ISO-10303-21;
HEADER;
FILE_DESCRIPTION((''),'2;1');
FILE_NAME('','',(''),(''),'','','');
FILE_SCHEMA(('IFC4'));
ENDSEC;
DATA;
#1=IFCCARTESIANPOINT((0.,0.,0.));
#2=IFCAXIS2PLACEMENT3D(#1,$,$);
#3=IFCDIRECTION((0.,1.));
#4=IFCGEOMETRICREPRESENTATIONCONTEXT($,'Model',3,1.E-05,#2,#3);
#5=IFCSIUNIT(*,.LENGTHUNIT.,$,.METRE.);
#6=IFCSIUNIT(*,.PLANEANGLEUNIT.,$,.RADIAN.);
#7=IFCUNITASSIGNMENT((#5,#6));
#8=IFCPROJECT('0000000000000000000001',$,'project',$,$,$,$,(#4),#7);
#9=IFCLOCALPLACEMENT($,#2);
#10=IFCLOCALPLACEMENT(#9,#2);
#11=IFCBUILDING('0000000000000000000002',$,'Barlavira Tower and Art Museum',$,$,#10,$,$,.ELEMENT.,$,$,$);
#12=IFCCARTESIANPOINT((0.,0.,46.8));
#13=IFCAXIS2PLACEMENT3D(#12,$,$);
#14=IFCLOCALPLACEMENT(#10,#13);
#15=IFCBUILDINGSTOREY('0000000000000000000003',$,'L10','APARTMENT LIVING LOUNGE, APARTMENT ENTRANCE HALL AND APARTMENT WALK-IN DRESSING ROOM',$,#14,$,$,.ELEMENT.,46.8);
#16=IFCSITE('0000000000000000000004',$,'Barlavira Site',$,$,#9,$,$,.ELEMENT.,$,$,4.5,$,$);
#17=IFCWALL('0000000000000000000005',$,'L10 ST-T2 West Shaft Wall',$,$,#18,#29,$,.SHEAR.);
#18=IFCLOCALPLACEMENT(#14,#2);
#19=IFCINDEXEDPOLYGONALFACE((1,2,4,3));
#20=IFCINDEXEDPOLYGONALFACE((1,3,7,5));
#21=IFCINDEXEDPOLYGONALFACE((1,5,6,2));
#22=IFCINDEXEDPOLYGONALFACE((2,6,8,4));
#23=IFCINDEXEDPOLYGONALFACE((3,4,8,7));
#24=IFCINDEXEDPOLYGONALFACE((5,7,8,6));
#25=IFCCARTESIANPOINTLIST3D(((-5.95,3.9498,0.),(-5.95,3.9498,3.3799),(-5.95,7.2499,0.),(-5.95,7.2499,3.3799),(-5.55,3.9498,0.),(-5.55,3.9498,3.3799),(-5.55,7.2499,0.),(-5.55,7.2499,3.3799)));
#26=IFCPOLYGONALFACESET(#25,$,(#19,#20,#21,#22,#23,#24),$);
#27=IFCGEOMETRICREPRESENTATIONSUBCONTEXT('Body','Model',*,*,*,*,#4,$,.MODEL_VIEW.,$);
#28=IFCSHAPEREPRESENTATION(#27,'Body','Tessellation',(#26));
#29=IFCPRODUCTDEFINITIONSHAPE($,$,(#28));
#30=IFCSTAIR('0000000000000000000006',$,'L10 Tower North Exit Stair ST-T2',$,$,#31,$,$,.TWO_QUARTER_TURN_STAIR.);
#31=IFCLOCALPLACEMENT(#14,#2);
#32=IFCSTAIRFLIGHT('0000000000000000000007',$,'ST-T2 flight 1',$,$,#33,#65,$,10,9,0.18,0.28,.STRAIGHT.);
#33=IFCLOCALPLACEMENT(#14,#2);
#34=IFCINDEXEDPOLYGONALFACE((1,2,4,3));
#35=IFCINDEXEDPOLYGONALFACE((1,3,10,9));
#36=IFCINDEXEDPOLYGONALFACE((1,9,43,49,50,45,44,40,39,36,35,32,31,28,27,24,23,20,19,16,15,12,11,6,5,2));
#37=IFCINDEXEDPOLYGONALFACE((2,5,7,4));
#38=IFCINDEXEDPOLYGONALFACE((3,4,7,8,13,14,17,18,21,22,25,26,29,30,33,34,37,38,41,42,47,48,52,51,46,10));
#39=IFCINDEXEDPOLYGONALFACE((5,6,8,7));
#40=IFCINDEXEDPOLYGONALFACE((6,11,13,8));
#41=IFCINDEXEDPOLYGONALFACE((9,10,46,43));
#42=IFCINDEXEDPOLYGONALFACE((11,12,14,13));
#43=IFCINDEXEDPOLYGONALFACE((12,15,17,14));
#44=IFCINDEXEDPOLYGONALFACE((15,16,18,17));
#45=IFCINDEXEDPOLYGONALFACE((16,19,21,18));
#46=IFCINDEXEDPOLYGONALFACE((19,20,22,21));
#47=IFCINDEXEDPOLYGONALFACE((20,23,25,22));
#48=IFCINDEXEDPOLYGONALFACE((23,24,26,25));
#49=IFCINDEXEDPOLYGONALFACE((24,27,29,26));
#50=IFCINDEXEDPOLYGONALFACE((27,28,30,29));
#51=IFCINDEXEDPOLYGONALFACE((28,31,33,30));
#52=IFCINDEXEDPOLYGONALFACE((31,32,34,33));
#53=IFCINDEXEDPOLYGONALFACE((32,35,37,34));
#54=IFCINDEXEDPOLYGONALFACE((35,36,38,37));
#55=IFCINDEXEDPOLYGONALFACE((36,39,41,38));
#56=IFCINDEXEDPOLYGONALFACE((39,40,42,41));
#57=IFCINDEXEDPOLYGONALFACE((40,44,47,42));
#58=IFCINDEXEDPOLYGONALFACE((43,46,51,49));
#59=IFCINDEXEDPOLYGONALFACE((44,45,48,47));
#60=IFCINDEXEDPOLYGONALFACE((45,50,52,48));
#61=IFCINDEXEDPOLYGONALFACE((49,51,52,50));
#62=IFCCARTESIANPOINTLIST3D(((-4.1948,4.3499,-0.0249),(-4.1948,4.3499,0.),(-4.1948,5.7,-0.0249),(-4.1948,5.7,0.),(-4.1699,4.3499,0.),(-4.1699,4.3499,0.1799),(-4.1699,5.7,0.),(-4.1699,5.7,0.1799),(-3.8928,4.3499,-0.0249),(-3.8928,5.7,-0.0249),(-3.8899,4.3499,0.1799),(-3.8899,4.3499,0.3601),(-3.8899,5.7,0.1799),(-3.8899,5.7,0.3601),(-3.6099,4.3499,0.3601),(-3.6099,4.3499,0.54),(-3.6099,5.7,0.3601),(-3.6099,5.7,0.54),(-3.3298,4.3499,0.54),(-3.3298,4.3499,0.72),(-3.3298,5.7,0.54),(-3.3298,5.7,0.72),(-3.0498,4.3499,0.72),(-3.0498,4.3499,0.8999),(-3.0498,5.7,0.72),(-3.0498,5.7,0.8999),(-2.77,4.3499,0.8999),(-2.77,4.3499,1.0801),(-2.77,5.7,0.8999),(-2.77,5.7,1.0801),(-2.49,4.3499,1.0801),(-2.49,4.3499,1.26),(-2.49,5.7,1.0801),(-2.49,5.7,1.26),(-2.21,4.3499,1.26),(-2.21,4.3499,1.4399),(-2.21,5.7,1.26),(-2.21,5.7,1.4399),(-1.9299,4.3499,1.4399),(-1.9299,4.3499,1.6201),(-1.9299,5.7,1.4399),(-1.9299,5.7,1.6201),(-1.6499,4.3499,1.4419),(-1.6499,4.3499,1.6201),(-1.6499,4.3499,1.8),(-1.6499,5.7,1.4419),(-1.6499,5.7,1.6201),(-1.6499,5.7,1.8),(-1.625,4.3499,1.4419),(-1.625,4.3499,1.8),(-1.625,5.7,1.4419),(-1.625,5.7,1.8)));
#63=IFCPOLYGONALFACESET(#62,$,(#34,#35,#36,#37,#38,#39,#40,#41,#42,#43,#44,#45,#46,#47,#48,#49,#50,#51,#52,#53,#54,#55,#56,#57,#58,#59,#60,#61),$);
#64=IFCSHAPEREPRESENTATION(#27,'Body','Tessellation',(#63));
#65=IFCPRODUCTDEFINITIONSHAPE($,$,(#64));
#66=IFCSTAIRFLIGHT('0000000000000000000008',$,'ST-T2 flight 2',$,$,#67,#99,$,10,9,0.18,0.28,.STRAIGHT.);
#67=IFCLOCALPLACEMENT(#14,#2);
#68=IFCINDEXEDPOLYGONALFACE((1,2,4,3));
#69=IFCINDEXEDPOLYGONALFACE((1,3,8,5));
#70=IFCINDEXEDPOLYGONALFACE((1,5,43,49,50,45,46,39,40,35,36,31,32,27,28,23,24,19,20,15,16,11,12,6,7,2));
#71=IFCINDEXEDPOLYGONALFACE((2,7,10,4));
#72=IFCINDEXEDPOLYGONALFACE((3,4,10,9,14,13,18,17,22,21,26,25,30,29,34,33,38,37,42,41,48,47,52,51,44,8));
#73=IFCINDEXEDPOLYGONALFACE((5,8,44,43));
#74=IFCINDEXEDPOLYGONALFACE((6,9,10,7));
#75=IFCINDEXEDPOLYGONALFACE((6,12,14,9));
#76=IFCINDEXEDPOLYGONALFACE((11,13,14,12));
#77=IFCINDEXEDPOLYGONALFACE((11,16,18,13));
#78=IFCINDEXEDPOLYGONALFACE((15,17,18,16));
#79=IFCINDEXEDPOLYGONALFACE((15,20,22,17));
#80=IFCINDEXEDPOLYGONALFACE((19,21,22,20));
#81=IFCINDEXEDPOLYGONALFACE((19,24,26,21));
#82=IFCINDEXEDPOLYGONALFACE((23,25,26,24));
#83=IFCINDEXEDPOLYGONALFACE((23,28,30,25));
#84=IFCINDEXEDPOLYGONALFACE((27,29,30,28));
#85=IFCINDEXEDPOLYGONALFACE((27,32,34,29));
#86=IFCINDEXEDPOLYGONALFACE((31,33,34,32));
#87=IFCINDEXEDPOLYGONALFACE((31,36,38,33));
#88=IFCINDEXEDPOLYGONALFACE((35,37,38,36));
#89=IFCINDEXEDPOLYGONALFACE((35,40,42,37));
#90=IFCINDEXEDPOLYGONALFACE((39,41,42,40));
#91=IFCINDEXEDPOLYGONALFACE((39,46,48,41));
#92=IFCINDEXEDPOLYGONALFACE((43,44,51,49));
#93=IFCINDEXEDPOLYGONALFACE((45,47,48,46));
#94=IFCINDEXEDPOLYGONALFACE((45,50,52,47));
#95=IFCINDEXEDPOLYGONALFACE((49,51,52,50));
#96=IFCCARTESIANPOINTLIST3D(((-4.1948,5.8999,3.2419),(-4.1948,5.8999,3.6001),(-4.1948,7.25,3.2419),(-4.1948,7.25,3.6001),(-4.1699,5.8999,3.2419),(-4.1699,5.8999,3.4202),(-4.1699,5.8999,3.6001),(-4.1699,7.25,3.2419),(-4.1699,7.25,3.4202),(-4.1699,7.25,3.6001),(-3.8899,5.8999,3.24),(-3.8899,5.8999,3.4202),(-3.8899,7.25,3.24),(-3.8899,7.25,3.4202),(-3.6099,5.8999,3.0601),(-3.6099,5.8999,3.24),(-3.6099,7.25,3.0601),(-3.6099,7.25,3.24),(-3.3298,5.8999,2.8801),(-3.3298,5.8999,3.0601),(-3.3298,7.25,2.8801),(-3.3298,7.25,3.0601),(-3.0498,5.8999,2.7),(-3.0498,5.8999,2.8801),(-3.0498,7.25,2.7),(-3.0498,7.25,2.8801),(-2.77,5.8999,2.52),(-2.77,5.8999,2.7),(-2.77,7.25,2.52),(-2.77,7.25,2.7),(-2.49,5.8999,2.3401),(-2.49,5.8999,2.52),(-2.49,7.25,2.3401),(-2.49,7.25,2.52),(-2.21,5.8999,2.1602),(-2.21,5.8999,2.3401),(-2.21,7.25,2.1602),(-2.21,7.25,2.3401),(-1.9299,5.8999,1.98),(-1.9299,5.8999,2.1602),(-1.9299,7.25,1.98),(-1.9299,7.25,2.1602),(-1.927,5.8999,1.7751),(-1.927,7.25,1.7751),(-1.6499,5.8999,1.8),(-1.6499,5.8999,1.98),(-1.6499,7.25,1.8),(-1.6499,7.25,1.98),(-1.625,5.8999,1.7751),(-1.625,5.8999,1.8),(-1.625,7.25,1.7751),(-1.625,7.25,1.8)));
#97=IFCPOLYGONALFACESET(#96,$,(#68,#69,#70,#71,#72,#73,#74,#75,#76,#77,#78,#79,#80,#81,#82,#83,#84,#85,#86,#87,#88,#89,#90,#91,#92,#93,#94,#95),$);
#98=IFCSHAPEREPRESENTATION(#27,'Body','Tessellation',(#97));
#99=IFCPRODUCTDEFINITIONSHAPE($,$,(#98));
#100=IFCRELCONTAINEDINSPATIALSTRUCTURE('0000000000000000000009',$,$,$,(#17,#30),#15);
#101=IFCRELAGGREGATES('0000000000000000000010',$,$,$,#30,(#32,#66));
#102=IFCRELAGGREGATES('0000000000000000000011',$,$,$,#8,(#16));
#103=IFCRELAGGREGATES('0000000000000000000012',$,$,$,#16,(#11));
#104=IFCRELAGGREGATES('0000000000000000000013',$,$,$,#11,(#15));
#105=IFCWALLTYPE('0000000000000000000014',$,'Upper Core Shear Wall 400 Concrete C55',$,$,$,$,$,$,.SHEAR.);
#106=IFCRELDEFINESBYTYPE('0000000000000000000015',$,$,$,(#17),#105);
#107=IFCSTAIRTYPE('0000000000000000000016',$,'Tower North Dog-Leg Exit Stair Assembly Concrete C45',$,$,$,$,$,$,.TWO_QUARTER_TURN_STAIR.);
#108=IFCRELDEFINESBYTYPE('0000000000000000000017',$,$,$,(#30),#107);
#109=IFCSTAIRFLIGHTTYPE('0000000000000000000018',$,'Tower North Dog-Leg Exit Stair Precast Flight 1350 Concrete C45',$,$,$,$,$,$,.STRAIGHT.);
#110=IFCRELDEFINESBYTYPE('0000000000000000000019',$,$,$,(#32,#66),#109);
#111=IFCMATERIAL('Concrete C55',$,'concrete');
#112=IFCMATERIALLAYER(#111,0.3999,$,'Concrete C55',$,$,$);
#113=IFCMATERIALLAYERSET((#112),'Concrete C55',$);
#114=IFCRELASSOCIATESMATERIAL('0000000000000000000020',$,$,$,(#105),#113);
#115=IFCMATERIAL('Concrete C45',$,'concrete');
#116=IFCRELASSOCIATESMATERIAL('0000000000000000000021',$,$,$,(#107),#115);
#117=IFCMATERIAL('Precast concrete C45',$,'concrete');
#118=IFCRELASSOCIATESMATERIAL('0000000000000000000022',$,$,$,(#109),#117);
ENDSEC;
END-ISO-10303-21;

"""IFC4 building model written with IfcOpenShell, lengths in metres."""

from ifc_helpers import new_model, si_unit, direction, frame, frame_2d, origin, place, context, subcontext, project, spatial, polyline, rectangle, outline, extrude, material, layer, layer_set, type_object, element, aggregate, save


model = new_model("IFC4")

# Units and contexts
model_context = context("Model", 3, precision=1e-05, world=origin(), true_north=direction((0.0, 1.0)))
body_context = subcontext(model_context, "Body", "Model", "MODEL_VIEW")
ifc_project = project(units=[si_unit("LENGTHUNIT", "METRE"), si_unit("PLANEANGLEUNIT", "RADIAN")], contexts=[model_context])

# Site, building, storey
site_placement = place(None, origin())
site = spatial("IfcSite", under=ifc_project, at=site_placement, Name="Barlavira Site", CompositionType="ELEMENT", RefElevation=4.5)
building_placement = place(site_placement, origin())
building = spatial("IfcBuilding", under=site, at=building_placement, Name="Barlavira Tower and Art Museum", CompositionType="ELEMENT")
storey_placement = place(building_placement, frame((0.0, 0.0, 46.8)))
storey = spatial("IfcBuildingStorey", under=building, at=storey_placement, Name="L10", Description="APARTMENT LIVING LOUNGE, APARTMENT ENTRANCE HALL AND APARTMENT WALK-IN DRESSING ROOM", CompositionType="ELEMENT", Elevation=46.8)

# Wall
ifc_material_1 = material(Name="Concrete C55", Category="concrete")
ifc_layer_1 = layer(ifc_material_1, 0.3999, Name="Concrete C55")
ifc_layer_set_1 = layer_set([ifc_layer_1], Name="Concrete C55")
wall_type_1 = type_object("IfcWallType", Name="Upper Core Shear Wall 400 Concrete C55", PredefinedType="SHEAR", material=ifc_layer_set_1)
wall_1_placement = place(storey_placement, frame((-5.75, 3.95, 0.0), z_axis=(0.0, 0.0, 1.0), x_axis=(0.0, 1.0, 0.0)))
element("IfcWall", 1, at=wall_1_placement, inside=storey, type_object=wall_type_1, Name="L10 ST-T2 West Shaft Wall", PredefinedType="SHEAR", context=body_context, shape_type="SweptSolid", body=[
    extrude(rectangle(XDim=3.3, YDim=0.3999, at=frame_2d((1.6499, 0.0))), origin(), (0.0, 0.0, 1.0), 3.3799),
])

# Stair, stair flights
ifc_material_2 = material(Name="Concrete C45", Category="concrete")
stair_type = type_object("IfcStairType", Name="Tower North Dog-Leg Exit Stair Assembly Concrete C45", PredefinedType="TWO_QUARTER_TURN_STAIR", material=ifc_material_2)
stair_placement = place(storey_placement, origin())
stair = element("IfcStair", 2, at=stair_placement, inside=storey, type_object=stair_type, Name="L10 Tower North Exit Stair ST-T2", PredefinedType="TWO_QUARTER_TURN_STAIR")
ifc_material_3 = material(Name="Precast concrete C45", Category="concrete")
stair_flight_type = type_object("IfcStairFlightType", Name="Tower North Dog-Leg Exit Stair Precast Flight 1350 Concrete C45", PredefinedType="STRAIGHT", material=ifc_material_3)
stair_flight_1_placement = place(storey_placement, frame((-4.1699, 5.0249, 0.0), z_axis=(0.0, 0.0, 1.0), x_axis=(1.0, 0.0, 0.0)))
stair_flight_1 = element("IfcStairFlight", 3, at=stair_flight_1_placement, type_object=stair_flight_type, Name="ST-T2 flight 1", NumberOfRisers=10, NumberOfTreads=9, PredefinedType="STRAIGHT", RiserHeight=0.18, TreadLength=0.28, context=body_context, shape_type="SweptSolid", body=[
    extrude(outline(polyline([(-0.0249, 0.0), (0.0, 0.0), (0.0, 0.1799), (0.28, 0.1799), (0.28, 0.3601), (0.5601, 0.3601), (0.5601, 0.54), (0.8401, 0.54), (0.8401, 0.72), (1.1201, 0.72), (1.1201, 0.8999), (1.3999, 0.8999), (1.3999, 1.0801), (1.6799, 1.0801), (1.6799, 1.26), (1.96, 1.26), (1.96, 1.4399), (2.24, 1.4399), (2.24, 1.6201), (2.52, 1.6201), (2.52, 1.8), (2.5449, 1.8), (2.5449, 1.4419), (2.52, 1.4419), (0.2771, -0.0249), (-0.0249, -0.0249), (-0.0249, 0.0)])), frame((0.0, 0.675, 0.0), z_axis=(0.0, -1.0, 0.0), x_axis=(1.0, 0.0, 0.0)), (0.0, 0.0, 1.0), 1.3501),
])
stair_flight_2_placement = place(storey_placement, frame((-1.6499, 6.575, 1.8), z_axis=(0.0, 0.0, 1.0), x_axis=(-1.0, 0.0, 0.0)))
stair_flight_2 = element("IfcStairFlight", 4, at=stair_flight_2_placement, type_object=stair_flight_type, Name="ST-T2 flight 2", NumberOfRisers=10, NumberOfTreads=9, PredefinedType="STRAIGHT", RiserHeight=0.18, TreadLength=0.28, context=body_context, shape_type="SweptSolid", body=[
    extrude(outline(polyline([(-0.0249, 0.0), (0.0, 0.0), (0.0, 0.1799), (0.28, 0.1799), (0.28, 0.3601), (0.5601, 0.3601), (0.5601, 0.54), (0.8401, 0.54), (0.8401, 0.72), (1.1201, 0.72), (1.1201, 0.8999), (1.3999, 0.8999), (1.3999, 1.0801), (1.6799, 1.0801), (1.6799, 1.26), (1.96, 1.26), (1.96, 1.4399), (2.24, 1.4399), (2.24, 1.6201), (2.52, 1.6201), (2.52, 1.8), (2.5449, 1.8), (2.5449, 1.4419), (2.52, 1.4419), (0.2771, -0.0249), (-0.0249, -0.0249), (-0.0249, 0.0)])), frame((0.0, 0.675, 0.0), z_axis=(0.0, -1.0, 0.0), x_axis=(1.0, 0.0, 0.0)), (0.0, 0.0, 1.0), 1.3501),
])
aggregate(stair, [stair_flight_1, stair_flight_2])

save(model, "model.ifc")
